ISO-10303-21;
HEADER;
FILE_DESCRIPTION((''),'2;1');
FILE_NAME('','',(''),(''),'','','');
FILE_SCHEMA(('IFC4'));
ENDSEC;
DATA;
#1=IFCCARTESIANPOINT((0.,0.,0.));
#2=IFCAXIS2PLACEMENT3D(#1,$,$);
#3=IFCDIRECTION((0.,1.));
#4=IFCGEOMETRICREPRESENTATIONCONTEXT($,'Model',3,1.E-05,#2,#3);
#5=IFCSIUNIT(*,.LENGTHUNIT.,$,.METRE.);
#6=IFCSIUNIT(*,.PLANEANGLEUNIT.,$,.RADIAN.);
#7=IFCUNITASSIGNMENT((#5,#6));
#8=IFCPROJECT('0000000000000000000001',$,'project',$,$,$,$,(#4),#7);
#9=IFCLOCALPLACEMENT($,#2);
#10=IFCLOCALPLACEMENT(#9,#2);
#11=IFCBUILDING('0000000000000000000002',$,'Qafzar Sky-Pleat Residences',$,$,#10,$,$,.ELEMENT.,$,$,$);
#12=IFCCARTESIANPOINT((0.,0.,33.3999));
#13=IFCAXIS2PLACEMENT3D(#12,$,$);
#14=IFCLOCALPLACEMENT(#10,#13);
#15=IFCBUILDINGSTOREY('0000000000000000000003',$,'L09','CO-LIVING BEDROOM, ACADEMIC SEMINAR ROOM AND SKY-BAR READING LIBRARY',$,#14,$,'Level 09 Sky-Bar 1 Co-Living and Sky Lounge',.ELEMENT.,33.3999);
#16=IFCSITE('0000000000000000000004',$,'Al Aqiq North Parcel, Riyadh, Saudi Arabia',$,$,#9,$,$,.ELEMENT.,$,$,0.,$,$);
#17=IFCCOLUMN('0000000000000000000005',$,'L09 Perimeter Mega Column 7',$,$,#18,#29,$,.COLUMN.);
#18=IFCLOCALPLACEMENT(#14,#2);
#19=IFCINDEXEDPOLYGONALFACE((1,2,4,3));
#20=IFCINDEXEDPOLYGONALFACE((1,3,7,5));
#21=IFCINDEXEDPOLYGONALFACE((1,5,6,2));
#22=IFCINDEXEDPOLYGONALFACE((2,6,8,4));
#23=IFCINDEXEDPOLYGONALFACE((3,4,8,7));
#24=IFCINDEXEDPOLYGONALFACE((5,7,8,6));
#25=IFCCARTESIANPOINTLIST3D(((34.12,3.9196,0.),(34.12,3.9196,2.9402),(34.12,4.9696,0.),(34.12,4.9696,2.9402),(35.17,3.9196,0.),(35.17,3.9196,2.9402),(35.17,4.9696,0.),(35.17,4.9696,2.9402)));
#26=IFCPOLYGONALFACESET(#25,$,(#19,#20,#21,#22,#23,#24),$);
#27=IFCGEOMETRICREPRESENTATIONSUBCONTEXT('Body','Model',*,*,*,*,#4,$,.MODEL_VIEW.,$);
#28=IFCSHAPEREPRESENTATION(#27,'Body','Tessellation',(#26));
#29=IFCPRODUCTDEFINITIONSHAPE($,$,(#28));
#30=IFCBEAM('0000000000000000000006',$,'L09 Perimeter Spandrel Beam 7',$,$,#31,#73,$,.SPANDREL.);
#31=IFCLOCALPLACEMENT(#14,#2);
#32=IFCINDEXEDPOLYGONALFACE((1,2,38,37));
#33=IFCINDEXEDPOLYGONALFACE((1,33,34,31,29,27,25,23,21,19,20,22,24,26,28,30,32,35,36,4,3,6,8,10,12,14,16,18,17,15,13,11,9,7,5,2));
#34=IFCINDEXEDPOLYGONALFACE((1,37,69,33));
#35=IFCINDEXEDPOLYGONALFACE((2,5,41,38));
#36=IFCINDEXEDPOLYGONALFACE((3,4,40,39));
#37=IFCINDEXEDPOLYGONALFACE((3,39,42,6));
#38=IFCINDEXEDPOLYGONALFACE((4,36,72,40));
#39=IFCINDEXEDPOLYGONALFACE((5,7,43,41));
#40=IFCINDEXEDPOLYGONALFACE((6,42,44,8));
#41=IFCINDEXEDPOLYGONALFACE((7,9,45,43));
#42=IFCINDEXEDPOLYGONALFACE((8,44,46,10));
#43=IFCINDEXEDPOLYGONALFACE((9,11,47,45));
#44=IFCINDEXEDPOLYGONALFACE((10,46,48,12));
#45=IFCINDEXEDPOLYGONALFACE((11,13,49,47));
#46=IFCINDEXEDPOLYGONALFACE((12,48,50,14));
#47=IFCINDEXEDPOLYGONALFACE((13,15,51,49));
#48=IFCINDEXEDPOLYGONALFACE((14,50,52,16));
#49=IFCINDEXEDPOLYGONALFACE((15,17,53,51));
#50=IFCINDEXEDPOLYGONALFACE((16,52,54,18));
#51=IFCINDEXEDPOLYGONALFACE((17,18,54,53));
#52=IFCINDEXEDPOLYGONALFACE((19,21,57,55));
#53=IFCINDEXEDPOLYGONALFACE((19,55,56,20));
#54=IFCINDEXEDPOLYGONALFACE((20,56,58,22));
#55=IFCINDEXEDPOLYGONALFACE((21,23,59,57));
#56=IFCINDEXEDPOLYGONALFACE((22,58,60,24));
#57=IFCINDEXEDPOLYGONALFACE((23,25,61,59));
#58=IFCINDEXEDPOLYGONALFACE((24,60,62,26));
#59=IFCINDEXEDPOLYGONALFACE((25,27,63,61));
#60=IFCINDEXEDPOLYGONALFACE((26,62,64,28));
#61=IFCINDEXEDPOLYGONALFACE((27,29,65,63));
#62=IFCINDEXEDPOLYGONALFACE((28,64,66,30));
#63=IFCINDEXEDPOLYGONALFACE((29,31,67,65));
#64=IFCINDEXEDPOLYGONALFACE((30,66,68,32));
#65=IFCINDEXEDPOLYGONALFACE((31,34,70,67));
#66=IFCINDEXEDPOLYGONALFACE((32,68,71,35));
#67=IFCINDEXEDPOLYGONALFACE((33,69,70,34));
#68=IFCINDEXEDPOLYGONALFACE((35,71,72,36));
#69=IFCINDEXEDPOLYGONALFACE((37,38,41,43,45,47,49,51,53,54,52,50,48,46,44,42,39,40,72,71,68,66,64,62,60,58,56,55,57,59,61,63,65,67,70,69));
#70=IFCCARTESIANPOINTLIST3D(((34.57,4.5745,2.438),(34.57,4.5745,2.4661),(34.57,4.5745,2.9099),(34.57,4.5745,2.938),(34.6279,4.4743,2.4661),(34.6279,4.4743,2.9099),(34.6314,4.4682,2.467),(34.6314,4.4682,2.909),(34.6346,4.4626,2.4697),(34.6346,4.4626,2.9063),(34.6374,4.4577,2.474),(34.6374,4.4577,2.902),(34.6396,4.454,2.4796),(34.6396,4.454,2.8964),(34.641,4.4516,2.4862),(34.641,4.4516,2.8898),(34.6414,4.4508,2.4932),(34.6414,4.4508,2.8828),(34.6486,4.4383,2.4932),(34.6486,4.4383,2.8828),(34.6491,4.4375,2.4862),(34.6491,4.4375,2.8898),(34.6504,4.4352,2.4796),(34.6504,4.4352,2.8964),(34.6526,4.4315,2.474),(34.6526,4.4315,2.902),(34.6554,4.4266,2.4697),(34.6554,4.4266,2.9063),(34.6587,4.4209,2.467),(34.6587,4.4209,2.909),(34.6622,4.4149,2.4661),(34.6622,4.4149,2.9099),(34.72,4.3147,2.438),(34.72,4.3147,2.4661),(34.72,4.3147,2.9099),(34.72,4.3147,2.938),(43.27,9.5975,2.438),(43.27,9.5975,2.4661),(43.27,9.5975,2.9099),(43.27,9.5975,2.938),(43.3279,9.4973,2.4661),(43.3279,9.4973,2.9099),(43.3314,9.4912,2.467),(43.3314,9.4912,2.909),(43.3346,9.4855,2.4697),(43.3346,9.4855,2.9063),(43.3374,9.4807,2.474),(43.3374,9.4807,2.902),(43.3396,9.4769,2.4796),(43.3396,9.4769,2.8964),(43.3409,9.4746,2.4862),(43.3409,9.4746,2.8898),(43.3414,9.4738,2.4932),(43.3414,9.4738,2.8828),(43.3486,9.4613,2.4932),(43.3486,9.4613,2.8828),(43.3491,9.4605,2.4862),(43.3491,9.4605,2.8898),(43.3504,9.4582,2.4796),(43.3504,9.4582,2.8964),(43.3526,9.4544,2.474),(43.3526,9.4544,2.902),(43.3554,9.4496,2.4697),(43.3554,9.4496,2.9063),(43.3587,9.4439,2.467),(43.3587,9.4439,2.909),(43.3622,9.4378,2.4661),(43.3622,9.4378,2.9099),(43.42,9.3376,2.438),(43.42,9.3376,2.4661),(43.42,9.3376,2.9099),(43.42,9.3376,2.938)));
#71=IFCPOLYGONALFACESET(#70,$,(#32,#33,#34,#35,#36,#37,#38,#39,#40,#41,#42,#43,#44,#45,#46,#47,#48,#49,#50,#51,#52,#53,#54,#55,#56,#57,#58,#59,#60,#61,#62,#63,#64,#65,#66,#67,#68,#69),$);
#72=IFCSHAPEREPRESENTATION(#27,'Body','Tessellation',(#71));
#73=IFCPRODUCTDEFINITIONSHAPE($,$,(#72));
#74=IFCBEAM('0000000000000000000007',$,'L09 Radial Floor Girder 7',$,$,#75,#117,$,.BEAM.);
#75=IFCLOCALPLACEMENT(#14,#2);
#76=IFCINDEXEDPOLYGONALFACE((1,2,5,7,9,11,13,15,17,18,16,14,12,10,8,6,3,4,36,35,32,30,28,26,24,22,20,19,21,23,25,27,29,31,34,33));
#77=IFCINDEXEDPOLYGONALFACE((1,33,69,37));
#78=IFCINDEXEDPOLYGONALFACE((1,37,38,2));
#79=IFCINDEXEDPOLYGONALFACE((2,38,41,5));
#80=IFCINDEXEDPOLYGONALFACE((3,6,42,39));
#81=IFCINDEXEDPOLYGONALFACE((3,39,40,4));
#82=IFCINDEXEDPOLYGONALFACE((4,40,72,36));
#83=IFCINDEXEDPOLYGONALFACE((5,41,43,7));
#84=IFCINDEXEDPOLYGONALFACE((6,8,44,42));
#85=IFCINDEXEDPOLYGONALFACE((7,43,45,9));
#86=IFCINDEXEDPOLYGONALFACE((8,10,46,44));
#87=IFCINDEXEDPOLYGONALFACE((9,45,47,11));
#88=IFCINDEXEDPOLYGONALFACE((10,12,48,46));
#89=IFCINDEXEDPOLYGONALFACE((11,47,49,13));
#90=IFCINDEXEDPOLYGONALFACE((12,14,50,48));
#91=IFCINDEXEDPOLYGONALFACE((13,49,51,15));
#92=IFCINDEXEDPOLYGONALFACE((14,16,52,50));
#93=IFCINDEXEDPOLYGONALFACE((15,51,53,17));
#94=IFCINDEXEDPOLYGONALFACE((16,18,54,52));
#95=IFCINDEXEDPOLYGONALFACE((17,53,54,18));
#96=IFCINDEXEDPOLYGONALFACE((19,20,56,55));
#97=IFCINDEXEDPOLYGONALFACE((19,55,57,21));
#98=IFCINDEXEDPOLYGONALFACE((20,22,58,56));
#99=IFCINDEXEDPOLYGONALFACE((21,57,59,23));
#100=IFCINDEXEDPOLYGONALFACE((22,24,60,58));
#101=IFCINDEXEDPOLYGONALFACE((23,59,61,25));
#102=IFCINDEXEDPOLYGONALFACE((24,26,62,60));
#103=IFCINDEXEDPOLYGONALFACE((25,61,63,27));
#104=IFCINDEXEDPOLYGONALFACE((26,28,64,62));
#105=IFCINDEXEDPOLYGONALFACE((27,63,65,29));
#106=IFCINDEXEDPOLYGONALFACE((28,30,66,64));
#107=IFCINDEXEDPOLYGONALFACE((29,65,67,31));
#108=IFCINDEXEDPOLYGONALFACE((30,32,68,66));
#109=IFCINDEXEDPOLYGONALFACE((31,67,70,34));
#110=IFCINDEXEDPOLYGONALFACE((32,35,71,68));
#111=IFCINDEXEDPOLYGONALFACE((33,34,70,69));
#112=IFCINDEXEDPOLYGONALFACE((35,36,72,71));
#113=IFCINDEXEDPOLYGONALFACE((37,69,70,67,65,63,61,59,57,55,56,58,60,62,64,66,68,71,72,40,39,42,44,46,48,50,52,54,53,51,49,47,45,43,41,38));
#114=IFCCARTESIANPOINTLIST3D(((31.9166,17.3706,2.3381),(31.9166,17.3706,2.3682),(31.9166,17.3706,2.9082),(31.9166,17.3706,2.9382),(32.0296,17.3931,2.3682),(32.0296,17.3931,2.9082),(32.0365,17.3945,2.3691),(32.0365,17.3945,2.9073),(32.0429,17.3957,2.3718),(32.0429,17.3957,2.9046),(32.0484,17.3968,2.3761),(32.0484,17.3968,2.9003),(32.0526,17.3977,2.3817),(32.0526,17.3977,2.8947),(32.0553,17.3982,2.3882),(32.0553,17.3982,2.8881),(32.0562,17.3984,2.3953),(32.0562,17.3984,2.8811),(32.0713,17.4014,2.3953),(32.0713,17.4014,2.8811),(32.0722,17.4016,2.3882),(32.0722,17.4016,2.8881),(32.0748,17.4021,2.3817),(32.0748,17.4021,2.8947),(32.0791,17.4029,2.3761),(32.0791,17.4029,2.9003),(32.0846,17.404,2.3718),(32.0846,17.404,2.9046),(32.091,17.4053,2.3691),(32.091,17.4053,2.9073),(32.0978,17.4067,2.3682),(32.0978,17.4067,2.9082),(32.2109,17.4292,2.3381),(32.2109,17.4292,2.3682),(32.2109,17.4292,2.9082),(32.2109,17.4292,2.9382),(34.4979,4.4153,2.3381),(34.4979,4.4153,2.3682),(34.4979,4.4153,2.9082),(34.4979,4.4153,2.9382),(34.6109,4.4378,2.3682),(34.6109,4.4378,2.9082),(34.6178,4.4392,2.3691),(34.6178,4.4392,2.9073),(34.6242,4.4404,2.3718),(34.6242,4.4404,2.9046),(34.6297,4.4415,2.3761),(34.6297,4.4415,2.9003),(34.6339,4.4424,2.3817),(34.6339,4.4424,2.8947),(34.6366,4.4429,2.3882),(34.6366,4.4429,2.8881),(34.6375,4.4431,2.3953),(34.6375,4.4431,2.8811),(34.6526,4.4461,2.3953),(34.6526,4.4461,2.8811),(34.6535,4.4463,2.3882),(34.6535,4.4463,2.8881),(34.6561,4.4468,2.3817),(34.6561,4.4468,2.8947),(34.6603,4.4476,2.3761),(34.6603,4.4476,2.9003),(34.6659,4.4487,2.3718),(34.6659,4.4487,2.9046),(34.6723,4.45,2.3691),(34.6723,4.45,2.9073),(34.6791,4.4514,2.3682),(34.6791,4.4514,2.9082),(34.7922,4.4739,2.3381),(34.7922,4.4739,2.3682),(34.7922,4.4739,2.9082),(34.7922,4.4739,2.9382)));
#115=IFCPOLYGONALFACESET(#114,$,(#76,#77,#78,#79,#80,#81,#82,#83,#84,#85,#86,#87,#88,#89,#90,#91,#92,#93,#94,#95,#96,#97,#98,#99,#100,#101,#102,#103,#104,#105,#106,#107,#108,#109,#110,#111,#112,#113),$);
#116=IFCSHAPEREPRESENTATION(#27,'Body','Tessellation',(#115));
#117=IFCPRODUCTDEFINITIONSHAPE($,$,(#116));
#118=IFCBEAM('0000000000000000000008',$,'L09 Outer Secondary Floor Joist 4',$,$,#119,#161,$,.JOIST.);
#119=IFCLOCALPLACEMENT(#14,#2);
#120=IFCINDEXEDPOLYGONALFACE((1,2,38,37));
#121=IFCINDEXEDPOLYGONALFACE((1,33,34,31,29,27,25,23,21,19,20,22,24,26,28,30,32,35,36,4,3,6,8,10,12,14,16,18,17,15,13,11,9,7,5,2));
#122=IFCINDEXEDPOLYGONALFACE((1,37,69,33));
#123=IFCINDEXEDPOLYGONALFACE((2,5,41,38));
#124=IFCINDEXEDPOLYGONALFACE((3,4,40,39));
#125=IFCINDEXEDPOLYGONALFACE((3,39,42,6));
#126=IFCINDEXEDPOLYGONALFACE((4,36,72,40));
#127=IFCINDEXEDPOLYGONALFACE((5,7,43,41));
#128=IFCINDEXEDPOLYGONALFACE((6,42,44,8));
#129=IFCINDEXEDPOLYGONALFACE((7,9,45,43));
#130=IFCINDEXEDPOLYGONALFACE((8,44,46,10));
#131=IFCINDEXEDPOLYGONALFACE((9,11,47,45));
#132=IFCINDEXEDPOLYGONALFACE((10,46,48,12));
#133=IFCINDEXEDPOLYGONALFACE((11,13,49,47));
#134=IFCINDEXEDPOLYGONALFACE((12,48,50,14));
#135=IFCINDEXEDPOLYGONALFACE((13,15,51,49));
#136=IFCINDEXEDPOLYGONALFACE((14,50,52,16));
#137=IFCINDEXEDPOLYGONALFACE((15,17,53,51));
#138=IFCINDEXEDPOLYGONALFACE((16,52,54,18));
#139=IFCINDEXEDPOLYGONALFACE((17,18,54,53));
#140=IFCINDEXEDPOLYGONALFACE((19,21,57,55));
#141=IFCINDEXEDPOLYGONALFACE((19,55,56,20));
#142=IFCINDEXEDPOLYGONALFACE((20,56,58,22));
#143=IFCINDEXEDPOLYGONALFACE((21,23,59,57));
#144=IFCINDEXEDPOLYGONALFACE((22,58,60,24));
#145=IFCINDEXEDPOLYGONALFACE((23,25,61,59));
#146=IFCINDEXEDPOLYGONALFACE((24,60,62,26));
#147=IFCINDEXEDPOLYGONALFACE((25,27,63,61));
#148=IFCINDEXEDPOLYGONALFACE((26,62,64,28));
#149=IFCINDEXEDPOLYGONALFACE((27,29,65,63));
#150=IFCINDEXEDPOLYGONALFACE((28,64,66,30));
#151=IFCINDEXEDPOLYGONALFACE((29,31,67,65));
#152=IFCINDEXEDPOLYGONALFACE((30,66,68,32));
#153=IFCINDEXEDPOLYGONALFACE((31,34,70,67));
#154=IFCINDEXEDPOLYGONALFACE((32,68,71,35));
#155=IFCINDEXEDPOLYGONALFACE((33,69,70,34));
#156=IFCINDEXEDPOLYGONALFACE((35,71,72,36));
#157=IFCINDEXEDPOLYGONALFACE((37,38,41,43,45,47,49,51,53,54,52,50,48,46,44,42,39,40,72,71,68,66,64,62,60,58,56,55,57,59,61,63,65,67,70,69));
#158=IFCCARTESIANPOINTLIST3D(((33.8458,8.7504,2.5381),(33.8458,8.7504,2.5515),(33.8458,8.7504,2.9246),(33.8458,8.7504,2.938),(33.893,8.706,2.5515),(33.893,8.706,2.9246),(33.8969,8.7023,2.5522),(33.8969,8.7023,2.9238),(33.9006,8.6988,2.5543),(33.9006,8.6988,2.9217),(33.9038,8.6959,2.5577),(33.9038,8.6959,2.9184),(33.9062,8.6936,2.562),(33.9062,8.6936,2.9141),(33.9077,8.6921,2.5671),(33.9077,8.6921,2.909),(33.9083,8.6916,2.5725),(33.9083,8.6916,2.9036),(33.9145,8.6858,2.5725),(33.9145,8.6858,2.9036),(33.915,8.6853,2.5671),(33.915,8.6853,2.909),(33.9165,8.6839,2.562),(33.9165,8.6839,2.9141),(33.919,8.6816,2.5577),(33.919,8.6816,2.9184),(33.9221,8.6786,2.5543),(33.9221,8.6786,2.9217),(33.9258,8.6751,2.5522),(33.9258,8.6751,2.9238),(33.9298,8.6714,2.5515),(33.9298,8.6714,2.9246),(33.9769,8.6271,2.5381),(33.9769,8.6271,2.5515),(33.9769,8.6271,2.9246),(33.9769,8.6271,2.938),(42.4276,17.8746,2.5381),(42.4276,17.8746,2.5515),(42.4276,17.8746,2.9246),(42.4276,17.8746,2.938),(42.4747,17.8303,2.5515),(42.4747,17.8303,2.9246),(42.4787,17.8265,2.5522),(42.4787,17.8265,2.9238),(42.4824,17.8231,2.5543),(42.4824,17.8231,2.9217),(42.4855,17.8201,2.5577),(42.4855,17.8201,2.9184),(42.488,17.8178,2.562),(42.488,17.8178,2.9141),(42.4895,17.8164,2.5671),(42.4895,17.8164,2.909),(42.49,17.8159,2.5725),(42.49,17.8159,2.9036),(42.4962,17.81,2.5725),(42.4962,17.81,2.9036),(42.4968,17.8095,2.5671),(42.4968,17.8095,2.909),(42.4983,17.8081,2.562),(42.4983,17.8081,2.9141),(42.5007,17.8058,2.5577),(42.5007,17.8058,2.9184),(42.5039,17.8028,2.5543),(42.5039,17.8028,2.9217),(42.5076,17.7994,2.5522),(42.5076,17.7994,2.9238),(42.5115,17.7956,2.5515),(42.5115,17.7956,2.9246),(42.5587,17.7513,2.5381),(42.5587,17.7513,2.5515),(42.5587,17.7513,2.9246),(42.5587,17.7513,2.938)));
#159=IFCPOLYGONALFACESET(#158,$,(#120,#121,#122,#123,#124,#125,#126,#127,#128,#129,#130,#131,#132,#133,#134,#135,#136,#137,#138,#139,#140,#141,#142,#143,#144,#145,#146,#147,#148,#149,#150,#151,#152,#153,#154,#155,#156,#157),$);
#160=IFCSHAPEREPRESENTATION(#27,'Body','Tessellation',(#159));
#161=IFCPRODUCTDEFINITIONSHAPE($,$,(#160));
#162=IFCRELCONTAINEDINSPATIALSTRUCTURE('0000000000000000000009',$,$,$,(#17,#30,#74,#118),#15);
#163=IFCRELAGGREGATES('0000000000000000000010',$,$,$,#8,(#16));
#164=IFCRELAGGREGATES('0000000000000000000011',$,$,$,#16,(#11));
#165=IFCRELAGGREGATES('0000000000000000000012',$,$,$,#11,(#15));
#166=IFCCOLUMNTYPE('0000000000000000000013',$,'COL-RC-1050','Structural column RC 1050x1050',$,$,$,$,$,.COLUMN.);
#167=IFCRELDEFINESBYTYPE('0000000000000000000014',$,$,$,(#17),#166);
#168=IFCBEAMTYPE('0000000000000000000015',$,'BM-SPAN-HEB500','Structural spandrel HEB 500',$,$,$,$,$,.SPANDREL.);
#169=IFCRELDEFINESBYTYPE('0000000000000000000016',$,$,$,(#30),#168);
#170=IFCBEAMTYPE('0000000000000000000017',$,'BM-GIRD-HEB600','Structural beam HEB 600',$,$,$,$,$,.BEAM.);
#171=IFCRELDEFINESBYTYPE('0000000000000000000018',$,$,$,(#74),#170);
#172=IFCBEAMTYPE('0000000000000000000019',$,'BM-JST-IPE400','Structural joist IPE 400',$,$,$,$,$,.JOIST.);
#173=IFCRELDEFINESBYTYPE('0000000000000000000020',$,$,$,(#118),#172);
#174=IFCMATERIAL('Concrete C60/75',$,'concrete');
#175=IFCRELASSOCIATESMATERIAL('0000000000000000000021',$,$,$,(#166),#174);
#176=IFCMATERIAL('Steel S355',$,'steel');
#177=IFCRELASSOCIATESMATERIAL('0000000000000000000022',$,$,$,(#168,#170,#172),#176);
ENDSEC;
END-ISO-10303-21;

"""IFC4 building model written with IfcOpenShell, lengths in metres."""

from ifc_helpers import new_model, si_unit, direction, frame, origin, origin_2d, place, context, subcontext, project, spatial, rectangle, i_section, extrude, source, transform, mapped, material, material_profile, profile_set, type_object, element, save


model = new_model("IFC4")

# Units and contexts
model_context = context("Model", 3, precision=1e-05, world=origin(), true_north=direction((0.0, 1.0)))
body_context = subcontext(model_context, "Body", "Model", "MODEL_VIEW")
ifc_project = project(units=[si_unit("LENGTHUNIT", "METRE"), si_unit("PLANEANGLEUNIT", "RADIAN")], contexts=[model_context])

# Site, building, storey
site_placement = place(None, origin())
site = spatial("IfcSite", under=ifc_project, at=site_placement, Name="Al Aqiq North Parcel, Riyadh, Saudi Arabia", CompositionType="ELEMENT", RefElevation=0.0)
building_placement = place(site_placement, origin())
building = spatial("IfcBuilding", under=site, at=building_placement, Name="Qafzar Sky-Pleat Residences", CompositionType="ELEMENT")
storey_placement = place(building_placement, frame((0.0, 0.0, 33.3999)))
storey = spatial("IfcBuildingStorey", under=building, at=storey_placement, Name="L09", Description="CO-LIVING BEDROOM, ACADEMIC SEMINAR ROOM AND SKY-BAR READING LIBRARY", LongName="Level 09 Sky-Bar 1 Co-Living and Sky Lounge", CompositionType="ELEMENT", Elevation=33.3999)

# Column
ifc_material_1 = material(Name="Concrete C60/75", Category="concrete")
ifc_material_profile_1 = material_profile(ifc_material_1, rectangle(XDim=1.05, YDim=1.05, at=origin_2d()), Name="RC 1050x1050")
ifc_profile_set_1 = profile_set([ifc_material_profile_1], Name="Concrete C60/75")
column_type = type_object("IfcColumnType", Name="COL-RC-1050", Description="Structural column RC 1050x1050", PredefinedType="COLUMN", material=ifc_profile_set_1)
shared_shape_1 = source(origin(), body_context, "Body", "SweptSolid", [
    extrude(rectangle(XDim=1.05, YDim=1.05, at=origin_2d()), origin(), (0.0, 0.0, 1.0), 2.9402),
])
column_placement = place(storey_placement, frame((34.645, 4.4446, 0.0), z_axis=(0.0, 0.0, 1.0), x_axis=(1.0, 0.0, 0.0)))
element("IfcColumn", 1, at=column_placement, inside=storey, type_object=column_type, Name="L09 Perimeter Mega Column 7", PredefinedType="COLUMN", context=body_context, shape_type="MappedRepresentation", body=[
    mapped(shared_shape_1, transform((0.0, 0.0, 0.0), x_axis=(1.0, 0.0, 0.0), y_axis=(0.0, 1.0, 0.0), z_axis=(0.0, 0.0, 1.0), scale=1.0)),
])

# Beams
ifc_material_2 = material(Name="Steel S355", Category="steel")
ifc_material_profile_2 = material_profile(ifc_material_2, i_section(OverallWidth=0.3, OverallDepth=0.5, WebThickness=0.0144, FlangeThickness=0.0281, FilletRadius=0.0271, at=origin_2d()), Name="HEB 500")
ifc_profile_set_2 = profile_set([ifc_material_profile_2], Name="Steel S355")
beam_type_1 = type_object("IfcBeamType", Name="BM-SPAN-HEB500", Description="Structural spandrel HEB 500", PredefinedType="SPANDREL", material=ifc_profile_set_2)
shared_shape_2 = source(origin(), body_context, "Body", "SweptSolid", [
    extrude(i_section(OverallWidth=0.3, OverallDepth=0.5, WebThickness=0.0144, FlangeThickness=0.0281, FilletRadius=0.0271, at=origin_2d()), origin(), (0.0, 0.0, 1.0), 10.0459),
])
beam_1_placement = place(storey_placement, frame((34.645, 4.4446, 2.688), z_axis=(0.866024, 0.500002, 0.0), x_axis=(-0.500002, 0.866024, 0.0)))
element("IfcBeam", 2, at=beam_1_placement, inside=storey, type_object=beam_type_1, Name="L09 Perimeter Spandrel Beam 7", PredefinedType="SPANDREL", context=body_context, shape_type="MappedRepresentation", body=[
    mapped(shared_shape_2, transform((0.0, 0.0, 0.0), x_axis=(1.0, 0.0, 0.0), y_axis=(0.0, 1.0, 0.0), z_axis=(0.0, 0.0, 1.0), scale=1.0)),
])
ifc_material_profile_3 = material_profile(ifc_material_2, i_section(OverallWidth=0.3, OverallDepth=0.6001, WebThickness=0.0154, FlangeThickness=0.03, FilletRadius=0.0271, at=origin_2d()), Name="HEB 600")
ifc_profile_set_3 = profile_set([ifc_material_profile_3], Name="Steel S355")
beam_type_2 = type_object("IfcBeamType", Name="BM-GIRD-HEB600", Description="Structural beam HEB 600", PredefinedType="BEAM", material=ifc_profile_set_3)
shared_shape_3 = source(origin(), body_context, "Body", "SweptSolid", [
    extrude(i_section(OverallWidth=0.3, OverallDepth=0.6001, WebThickness=0.0154, FlangeThickness=0.03, FilletRadius=0.0271, at=origin_2d()), origin(), (0.0, 0.0, 1.0), 13.21),
])
beam_2_placement = place(storey_placement, frame((34.645, 4.4446, 2.6382), z_axis=(-0.195405, 0.980723, 0.0), x_axis=(-0.980723, -0.195405, 0.0)))
element("IfcBeam", 3, at=beam_2_placement, inside=storey, type_object=beam_type_2, Name="L09 Radial Floor Girder 7", PredefinedType="BEAM", context=body_context, shape_type="MappedRepresentation", body=[
    mapped(shared_shape_3, transform((0.0, 0.0, 0.0), x_axis=(1.0, 0.0, 0.0), y_axis=(0.0, 1.0, 0.0), z_axis=(0.0, 0.0, 1.0), scale=1.0)),
])
ifc_material_profile_4 = material_profile(ifc_material_2, i_section(OverallWidth=0.1799, OverallDepth=0.3999, WebThickness=0.0085, FlangeThickness=0.0134, FilletRadius=0.021, at=origin_2d()), Name="IPE 400")
ifc_profile_set_4 = profile_set([ifc_material_profile_4], Name="Steel S355")
beam_type_3 = type_object("IfcBeamType", Name="BM-JST-IPE400", Description="Structural joist IPE 400", PredefinedType="JOIST", material=ifc_profile_set_4)
shared_shape_4 = source(origin(), body_context, "Body", "SweptSolid", [
    extrude(i_section(OverallWidth=0.1799, OverallDepth=0.3999, WebThickness=0.0085, FlangeThickness=0.0134, FilletRadius=0.021, at=origin_2d()), origin(), (0.0, 0.0, 1.0), 12.5259),
])
beam_3_placement = place(storey_placement, frame((33.9114, 8.6887, 2.738), z_axis=(0.685121, 0.728429, 0.0), x_axis=(-0.728429, 0.685121, 0.0)))
element("IfcBeam", 4, at=beam_3_placement, inside=storey, type_object=beam_type_3, Name="L09 Outer Secondary Floor Joist 4", PredefinedType="JOIST", context=body_context, shape_type="MappedRepresentation", body=[
    mapped(shared_shape_4, transform((0.0, 0.0, 0.0), x_axis=(1.0, 0.0, 0.0), y_axis=(0.0, 1.0, 0.0), z_axis=(0.0, 0.0, 1.0), scale=1.0)),
])

save(model, "model.ifc")
